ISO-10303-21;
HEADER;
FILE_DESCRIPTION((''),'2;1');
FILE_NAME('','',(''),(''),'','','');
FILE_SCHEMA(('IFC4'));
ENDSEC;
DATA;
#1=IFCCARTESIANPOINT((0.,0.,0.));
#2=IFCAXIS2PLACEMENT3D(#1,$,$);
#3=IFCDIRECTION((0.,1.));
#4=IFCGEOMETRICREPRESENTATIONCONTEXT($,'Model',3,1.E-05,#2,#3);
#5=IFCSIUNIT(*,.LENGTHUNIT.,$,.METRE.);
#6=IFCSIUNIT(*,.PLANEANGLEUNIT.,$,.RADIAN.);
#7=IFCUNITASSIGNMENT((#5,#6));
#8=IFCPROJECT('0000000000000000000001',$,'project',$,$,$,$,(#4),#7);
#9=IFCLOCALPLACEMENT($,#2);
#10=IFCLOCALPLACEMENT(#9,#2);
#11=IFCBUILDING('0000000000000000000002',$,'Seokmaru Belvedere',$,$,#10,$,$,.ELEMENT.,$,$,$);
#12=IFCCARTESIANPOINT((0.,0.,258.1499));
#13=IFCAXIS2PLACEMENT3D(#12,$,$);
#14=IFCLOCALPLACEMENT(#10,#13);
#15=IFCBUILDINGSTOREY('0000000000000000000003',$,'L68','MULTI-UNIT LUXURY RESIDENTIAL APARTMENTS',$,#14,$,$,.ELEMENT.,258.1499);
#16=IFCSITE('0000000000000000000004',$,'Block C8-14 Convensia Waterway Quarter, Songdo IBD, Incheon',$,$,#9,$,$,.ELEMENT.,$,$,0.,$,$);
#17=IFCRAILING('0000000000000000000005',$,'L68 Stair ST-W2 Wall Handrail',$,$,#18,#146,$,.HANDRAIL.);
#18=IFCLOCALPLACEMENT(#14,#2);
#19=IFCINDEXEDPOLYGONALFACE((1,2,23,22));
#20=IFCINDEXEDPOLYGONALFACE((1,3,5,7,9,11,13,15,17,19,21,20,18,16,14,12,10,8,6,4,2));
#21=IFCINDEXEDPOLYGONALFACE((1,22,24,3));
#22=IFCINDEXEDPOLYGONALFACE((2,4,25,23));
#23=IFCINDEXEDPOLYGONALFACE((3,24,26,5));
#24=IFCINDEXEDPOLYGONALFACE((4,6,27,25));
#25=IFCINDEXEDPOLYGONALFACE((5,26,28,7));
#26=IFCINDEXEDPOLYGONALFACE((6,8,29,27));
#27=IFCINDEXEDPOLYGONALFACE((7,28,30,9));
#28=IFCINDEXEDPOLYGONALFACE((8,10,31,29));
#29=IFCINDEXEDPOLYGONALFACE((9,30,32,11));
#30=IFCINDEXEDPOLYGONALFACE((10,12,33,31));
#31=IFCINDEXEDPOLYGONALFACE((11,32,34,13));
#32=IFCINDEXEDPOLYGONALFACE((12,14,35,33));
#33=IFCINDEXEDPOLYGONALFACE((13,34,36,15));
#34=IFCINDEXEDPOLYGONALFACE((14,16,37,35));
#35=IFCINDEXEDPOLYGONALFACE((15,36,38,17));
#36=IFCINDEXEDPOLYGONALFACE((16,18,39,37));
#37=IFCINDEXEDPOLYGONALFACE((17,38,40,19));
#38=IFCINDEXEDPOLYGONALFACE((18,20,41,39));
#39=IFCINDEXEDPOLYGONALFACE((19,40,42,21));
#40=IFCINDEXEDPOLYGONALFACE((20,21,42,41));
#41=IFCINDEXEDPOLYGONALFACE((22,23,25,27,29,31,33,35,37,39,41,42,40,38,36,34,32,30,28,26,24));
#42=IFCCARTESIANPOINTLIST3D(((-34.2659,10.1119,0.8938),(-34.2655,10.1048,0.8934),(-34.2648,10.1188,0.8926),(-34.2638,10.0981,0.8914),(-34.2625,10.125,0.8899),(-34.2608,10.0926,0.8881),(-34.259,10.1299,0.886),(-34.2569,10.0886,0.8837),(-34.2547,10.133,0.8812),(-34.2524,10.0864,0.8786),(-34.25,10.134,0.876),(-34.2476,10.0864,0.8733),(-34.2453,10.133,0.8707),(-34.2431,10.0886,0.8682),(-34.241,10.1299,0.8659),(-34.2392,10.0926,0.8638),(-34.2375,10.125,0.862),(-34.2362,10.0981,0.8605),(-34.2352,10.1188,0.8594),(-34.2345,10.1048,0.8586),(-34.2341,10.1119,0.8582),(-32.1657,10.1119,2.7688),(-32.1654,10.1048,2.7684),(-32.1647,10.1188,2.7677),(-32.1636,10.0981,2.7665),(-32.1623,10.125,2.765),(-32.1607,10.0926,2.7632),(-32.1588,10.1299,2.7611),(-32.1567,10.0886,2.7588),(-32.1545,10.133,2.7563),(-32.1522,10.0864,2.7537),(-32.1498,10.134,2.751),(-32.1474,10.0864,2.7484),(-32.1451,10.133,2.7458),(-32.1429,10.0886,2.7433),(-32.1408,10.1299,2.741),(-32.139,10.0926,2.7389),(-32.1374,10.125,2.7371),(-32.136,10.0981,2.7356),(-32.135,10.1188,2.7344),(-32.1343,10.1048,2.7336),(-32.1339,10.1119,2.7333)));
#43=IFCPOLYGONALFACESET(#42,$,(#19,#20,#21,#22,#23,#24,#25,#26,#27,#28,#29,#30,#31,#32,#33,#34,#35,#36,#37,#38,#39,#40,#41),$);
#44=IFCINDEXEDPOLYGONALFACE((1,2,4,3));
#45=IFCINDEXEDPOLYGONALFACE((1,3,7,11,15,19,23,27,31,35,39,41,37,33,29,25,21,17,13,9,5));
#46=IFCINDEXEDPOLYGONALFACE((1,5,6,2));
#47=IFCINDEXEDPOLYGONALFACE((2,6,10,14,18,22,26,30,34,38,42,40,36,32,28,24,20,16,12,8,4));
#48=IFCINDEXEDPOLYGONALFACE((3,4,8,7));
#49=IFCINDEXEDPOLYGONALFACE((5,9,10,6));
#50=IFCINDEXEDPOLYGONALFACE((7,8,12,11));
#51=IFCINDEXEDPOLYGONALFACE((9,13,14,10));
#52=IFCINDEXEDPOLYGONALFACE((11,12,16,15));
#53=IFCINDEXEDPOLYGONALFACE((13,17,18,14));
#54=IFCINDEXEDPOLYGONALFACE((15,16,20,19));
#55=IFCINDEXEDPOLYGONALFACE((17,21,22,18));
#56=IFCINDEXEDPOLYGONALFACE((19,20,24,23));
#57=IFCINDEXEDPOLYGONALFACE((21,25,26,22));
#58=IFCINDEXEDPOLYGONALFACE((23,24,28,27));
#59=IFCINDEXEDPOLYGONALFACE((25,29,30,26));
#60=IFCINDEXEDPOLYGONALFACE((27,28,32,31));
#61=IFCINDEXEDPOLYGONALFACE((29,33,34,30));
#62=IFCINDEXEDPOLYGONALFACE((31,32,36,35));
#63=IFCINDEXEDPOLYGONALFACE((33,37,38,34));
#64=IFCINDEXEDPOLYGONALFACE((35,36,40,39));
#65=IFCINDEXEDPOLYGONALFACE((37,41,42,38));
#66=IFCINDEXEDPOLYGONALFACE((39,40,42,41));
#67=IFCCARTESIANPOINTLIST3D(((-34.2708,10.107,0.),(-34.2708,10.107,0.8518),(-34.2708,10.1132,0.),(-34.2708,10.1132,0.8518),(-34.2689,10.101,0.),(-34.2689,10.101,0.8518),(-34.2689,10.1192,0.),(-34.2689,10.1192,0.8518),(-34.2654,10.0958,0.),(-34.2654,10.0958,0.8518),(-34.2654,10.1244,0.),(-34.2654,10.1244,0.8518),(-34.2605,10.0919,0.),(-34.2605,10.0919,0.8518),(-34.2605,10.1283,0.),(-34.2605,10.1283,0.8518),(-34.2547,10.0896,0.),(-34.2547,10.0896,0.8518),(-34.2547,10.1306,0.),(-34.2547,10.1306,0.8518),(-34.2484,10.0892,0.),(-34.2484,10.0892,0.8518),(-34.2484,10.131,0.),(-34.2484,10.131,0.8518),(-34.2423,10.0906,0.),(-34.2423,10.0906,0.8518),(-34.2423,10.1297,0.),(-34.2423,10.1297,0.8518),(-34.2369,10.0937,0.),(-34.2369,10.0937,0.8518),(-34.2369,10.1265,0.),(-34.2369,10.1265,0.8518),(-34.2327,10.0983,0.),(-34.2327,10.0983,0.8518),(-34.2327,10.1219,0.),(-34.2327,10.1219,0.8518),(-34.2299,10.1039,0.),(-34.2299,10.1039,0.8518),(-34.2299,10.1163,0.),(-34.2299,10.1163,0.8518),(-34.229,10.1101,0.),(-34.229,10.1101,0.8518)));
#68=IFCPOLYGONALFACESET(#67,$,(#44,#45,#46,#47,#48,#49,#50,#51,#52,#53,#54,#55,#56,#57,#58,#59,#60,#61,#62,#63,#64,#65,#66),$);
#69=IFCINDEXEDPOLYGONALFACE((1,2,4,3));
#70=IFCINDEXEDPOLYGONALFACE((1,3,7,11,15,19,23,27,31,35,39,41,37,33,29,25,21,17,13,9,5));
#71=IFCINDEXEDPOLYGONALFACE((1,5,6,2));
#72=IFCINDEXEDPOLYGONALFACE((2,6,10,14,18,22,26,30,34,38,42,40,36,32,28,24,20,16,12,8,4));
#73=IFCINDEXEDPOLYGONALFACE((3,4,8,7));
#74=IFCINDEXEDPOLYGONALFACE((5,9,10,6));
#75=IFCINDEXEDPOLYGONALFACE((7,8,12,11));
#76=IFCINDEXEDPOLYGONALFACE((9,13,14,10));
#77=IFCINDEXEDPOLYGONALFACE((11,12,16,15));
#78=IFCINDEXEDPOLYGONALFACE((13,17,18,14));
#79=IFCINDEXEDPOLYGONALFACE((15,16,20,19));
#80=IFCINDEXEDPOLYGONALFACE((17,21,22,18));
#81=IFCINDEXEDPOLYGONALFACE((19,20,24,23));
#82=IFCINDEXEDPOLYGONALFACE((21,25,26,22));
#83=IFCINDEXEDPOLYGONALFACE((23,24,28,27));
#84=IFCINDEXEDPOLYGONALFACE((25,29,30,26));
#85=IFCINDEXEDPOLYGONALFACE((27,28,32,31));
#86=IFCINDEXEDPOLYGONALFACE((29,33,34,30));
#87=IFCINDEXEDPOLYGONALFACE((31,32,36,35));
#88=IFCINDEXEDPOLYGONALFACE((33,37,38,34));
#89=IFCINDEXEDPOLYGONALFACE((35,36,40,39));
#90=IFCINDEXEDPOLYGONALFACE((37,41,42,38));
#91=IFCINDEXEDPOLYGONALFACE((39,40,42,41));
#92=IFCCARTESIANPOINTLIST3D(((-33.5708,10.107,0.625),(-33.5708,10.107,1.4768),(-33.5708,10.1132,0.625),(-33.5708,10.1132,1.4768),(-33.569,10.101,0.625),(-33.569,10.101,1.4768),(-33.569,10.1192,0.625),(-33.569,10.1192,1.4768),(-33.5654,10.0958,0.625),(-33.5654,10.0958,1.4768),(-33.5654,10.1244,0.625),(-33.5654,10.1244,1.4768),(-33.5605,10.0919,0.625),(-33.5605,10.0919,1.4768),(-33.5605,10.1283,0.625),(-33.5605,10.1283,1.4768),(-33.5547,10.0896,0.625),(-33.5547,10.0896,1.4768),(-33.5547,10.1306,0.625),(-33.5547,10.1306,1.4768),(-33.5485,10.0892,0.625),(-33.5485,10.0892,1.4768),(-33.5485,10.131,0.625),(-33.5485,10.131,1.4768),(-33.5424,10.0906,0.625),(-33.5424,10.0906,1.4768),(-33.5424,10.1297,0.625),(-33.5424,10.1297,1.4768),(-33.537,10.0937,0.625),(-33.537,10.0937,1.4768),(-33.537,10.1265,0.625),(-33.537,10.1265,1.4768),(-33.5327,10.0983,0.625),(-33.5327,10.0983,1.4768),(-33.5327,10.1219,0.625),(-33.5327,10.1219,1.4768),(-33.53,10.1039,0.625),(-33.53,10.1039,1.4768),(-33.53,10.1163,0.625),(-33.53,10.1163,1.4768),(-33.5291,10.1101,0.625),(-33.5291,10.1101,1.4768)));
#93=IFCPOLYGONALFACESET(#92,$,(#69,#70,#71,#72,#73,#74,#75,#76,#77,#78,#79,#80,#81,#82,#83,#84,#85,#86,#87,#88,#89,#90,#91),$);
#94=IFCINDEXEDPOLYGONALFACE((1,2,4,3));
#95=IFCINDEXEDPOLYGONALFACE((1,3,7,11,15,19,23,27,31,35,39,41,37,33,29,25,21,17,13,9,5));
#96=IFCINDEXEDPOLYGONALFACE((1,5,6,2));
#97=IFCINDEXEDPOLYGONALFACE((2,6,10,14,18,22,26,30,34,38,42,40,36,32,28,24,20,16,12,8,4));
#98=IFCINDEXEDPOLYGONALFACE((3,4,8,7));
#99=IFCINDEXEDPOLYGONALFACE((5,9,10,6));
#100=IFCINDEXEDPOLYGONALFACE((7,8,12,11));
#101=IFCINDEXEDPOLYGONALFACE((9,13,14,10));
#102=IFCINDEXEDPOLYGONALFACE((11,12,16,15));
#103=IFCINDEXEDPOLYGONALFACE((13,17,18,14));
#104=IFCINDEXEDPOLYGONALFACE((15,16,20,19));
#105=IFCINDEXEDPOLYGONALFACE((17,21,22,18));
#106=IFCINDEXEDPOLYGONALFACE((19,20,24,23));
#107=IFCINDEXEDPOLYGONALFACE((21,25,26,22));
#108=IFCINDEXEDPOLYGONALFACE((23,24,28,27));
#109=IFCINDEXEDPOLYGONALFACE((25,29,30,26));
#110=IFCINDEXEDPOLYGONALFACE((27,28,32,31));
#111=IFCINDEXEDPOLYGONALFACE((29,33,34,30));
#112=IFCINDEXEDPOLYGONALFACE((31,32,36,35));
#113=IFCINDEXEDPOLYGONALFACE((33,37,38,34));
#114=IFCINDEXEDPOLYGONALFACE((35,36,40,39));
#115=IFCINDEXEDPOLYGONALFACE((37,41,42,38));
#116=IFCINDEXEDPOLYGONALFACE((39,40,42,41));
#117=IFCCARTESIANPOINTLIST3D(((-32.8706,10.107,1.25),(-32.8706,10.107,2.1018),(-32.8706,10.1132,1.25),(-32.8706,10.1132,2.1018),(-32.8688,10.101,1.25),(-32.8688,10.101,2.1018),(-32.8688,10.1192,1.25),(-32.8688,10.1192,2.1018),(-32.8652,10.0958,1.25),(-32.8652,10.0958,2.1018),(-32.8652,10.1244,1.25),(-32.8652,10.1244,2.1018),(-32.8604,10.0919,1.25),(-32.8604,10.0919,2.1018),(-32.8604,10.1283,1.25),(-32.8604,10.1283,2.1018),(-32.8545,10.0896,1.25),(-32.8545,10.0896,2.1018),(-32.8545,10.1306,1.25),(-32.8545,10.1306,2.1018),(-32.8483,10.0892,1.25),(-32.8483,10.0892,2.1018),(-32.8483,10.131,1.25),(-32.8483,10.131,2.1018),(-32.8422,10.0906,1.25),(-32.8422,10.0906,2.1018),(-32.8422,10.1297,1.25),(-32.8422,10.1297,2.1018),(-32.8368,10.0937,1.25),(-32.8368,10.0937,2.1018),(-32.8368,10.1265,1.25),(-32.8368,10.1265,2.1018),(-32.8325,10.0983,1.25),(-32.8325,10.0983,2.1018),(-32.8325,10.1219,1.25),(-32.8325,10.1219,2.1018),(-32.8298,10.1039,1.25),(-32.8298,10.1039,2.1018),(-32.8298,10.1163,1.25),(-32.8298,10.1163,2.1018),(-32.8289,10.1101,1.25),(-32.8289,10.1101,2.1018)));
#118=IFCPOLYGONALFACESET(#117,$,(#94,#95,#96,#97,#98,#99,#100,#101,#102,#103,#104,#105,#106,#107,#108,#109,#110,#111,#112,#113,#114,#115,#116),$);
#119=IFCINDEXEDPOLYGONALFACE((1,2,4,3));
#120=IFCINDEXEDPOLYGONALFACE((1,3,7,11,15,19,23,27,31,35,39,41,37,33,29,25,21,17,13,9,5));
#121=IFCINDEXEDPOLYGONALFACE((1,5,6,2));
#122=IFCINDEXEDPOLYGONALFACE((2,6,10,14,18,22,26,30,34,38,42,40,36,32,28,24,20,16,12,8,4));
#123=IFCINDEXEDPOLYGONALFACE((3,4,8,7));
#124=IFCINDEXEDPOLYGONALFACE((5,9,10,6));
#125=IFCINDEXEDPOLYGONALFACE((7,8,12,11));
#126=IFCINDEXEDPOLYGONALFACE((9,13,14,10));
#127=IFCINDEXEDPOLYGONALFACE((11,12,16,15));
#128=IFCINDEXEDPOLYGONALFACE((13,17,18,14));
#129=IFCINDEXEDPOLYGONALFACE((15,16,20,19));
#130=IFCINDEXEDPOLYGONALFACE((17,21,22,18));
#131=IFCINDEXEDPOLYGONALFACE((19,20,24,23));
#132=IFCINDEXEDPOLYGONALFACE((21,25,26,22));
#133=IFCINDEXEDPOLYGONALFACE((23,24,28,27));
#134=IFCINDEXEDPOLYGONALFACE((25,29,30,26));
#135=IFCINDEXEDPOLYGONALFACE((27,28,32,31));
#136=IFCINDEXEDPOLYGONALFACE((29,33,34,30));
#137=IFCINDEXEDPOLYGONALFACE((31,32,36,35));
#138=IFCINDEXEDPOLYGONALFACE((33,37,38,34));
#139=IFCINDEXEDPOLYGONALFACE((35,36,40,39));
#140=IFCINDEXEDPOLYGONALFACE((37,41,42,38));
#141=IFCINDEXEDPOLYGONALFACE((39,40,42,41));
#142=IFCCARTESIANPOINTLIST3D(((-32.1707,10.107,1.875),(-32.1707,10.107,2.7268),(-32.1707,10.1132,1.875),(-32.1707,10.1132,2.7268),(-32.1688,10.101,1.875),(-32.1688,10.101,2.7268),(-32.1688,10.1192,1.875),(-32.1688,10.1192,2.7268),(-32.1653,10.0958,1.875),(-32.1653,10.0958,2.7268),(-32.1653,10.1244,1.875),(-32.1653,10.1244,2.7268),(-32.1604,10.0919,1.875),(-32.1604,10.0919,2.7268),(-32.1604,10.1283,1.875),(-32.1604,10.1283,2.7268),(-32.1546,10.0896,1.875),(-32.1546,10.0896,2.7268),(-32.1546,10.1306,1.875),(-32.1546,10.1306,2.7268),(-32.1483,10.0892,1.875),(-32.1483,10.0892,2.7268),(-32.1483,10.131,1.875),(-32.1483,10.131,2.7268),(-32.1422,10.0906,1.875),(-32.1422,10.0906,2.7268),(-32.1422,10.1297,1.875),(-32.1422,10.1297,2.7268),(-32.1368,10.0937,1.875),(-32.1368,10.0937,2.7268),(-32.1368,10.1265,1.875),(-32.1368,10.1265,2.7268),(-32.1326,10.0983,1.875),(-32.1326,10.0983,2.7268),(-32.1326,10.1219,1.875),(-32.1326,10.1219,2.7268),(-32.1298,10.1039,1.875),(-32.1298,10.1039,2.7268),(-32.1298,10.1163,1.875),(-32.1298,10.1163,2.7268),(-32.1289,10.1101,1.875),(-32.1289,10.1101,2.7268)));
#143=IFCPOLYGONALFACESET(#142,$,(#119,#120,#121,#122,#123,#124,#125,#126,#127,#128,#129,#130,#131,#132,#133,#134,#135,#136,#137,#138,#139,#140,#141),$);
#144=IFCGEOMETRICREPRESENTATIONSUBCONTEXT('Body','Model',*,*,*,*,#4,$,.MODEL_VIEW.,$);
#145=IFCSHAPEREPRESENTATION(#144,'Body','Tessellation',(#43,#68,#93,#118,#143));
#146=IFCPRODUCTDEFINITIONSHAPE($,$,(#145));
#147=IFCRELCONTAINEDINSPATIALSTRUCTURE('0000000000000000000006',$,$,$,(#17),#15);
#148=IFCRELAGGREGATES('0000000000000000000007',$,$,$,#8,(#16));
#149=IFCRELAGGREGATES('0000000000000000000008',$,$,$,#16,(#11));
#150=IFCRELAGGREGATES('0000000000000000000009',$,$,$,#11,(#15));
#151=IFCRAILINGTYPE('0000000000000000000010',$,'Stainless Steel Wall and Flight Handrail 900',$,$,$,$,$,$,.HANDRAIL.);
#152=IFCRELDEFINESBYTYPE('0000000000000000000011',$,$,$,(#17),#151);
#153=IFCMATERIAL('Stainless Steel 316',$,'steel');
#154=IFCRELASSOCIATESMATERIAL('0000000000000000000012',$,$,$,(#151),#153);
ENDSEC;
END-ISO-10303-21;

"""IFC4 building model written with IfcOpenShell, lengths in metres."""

from ifc_helpers import new_model, si_unit, direction, frame, origin, origin_2d, place, context, subcontext, project, spatial, circle, extrude, material, type_object, element, save


model = new_model("IFC4")

# Units and contexts
model_context = context("Model", 3, precision=1e-05, world=origin(), true_north=direction((0.0, 1.0)))
body_context = subcontext(model_context, "Body", "Model", "MODEL_VIEW")
ifc_project = project(units=[si_unit("LENGTHUNIT", "METRE"), si_unit("PLANEANGLEUNIT", "RADIAN")], contexts=[model_context])

# Site, building, storey
site_placement = place(None, origin())
site = spatial("IfcSite", under=ifc_project, at=site_placement, Name="Block C8-14 Convensia Waterway Quarter, Songdo IBD, Incheon", CompositionType="ELEMENT", RefElevation=0.0)
building_placement = place(site_placement, origin())
building = spatial("IfcBuilding", under=site, at=building_placement, Name="Seokmaru Belvedere", CompositionType="ELEMENT")
storey_placement = place(building_placement, frame((0.0, 0.0, 258.1499)))
storey = spatial("IfcBuildingStorey", under=building, at=storey_placement, Name="L68", Description="MULTI-UNIT LUXURY RESIDENTIAL APARTMENTS", CompositionType="ELEMENT", Elevation=258.1499)

# Railing
ifc_material_1 = material(Name="Stainless Steel 316", Category="steel")
railing_type_1 = type_object("IfcRailingType", Name="Stainless Steel Wall and Flight Handrail 900", PredefinedType="HANDRAIL", material=ifc_material_1)
railing_1_placement = place(storey_placement, frame((-34.25, 10.1101, 0.0)))
element("IfcRailing", 1, at=railing_1_placement, inside=storey, type_object=railing_type_1, Name="L68 Stair ST-W2 Wall Handrail", PredefinedType="HANDRAIL", context=body_context, shape_type="SweptSolid", body=[
    extrude(circle(Radius=0.0239, at=origin_2d()), frame((0.0, 0.0, 0.876), z_axis=(0.745953, 0.0, 0.665999), x_axis=(0.0, 1.0, 0.0)), (0.0, 0.0, 1.0), 2.8154),
    extrude(circle(Radius=0.021, at=origin_2d()), origin(), (0.0, 0.0, 1.0), 0.8518),
    extrude(circle(Radius=0.021, at=origin_2d()), frame((0.7, 0.0, 0.625)), (0.0, 0.0, 1.0), 0.8518),
    extrude(circle(Radius=0.021, at=origin_2d()), frame((1.4001, 0.0, 1.25)), (0.0, 0.0, 1.0), 0.8518),
    extrude(circle(Radius=0.021, at=origin_2d()), frame((2.1001, 0.0, 1.875)), (0.0, 0.0, 1.0), 0.8518),
])

save(model, "model.ifc")
